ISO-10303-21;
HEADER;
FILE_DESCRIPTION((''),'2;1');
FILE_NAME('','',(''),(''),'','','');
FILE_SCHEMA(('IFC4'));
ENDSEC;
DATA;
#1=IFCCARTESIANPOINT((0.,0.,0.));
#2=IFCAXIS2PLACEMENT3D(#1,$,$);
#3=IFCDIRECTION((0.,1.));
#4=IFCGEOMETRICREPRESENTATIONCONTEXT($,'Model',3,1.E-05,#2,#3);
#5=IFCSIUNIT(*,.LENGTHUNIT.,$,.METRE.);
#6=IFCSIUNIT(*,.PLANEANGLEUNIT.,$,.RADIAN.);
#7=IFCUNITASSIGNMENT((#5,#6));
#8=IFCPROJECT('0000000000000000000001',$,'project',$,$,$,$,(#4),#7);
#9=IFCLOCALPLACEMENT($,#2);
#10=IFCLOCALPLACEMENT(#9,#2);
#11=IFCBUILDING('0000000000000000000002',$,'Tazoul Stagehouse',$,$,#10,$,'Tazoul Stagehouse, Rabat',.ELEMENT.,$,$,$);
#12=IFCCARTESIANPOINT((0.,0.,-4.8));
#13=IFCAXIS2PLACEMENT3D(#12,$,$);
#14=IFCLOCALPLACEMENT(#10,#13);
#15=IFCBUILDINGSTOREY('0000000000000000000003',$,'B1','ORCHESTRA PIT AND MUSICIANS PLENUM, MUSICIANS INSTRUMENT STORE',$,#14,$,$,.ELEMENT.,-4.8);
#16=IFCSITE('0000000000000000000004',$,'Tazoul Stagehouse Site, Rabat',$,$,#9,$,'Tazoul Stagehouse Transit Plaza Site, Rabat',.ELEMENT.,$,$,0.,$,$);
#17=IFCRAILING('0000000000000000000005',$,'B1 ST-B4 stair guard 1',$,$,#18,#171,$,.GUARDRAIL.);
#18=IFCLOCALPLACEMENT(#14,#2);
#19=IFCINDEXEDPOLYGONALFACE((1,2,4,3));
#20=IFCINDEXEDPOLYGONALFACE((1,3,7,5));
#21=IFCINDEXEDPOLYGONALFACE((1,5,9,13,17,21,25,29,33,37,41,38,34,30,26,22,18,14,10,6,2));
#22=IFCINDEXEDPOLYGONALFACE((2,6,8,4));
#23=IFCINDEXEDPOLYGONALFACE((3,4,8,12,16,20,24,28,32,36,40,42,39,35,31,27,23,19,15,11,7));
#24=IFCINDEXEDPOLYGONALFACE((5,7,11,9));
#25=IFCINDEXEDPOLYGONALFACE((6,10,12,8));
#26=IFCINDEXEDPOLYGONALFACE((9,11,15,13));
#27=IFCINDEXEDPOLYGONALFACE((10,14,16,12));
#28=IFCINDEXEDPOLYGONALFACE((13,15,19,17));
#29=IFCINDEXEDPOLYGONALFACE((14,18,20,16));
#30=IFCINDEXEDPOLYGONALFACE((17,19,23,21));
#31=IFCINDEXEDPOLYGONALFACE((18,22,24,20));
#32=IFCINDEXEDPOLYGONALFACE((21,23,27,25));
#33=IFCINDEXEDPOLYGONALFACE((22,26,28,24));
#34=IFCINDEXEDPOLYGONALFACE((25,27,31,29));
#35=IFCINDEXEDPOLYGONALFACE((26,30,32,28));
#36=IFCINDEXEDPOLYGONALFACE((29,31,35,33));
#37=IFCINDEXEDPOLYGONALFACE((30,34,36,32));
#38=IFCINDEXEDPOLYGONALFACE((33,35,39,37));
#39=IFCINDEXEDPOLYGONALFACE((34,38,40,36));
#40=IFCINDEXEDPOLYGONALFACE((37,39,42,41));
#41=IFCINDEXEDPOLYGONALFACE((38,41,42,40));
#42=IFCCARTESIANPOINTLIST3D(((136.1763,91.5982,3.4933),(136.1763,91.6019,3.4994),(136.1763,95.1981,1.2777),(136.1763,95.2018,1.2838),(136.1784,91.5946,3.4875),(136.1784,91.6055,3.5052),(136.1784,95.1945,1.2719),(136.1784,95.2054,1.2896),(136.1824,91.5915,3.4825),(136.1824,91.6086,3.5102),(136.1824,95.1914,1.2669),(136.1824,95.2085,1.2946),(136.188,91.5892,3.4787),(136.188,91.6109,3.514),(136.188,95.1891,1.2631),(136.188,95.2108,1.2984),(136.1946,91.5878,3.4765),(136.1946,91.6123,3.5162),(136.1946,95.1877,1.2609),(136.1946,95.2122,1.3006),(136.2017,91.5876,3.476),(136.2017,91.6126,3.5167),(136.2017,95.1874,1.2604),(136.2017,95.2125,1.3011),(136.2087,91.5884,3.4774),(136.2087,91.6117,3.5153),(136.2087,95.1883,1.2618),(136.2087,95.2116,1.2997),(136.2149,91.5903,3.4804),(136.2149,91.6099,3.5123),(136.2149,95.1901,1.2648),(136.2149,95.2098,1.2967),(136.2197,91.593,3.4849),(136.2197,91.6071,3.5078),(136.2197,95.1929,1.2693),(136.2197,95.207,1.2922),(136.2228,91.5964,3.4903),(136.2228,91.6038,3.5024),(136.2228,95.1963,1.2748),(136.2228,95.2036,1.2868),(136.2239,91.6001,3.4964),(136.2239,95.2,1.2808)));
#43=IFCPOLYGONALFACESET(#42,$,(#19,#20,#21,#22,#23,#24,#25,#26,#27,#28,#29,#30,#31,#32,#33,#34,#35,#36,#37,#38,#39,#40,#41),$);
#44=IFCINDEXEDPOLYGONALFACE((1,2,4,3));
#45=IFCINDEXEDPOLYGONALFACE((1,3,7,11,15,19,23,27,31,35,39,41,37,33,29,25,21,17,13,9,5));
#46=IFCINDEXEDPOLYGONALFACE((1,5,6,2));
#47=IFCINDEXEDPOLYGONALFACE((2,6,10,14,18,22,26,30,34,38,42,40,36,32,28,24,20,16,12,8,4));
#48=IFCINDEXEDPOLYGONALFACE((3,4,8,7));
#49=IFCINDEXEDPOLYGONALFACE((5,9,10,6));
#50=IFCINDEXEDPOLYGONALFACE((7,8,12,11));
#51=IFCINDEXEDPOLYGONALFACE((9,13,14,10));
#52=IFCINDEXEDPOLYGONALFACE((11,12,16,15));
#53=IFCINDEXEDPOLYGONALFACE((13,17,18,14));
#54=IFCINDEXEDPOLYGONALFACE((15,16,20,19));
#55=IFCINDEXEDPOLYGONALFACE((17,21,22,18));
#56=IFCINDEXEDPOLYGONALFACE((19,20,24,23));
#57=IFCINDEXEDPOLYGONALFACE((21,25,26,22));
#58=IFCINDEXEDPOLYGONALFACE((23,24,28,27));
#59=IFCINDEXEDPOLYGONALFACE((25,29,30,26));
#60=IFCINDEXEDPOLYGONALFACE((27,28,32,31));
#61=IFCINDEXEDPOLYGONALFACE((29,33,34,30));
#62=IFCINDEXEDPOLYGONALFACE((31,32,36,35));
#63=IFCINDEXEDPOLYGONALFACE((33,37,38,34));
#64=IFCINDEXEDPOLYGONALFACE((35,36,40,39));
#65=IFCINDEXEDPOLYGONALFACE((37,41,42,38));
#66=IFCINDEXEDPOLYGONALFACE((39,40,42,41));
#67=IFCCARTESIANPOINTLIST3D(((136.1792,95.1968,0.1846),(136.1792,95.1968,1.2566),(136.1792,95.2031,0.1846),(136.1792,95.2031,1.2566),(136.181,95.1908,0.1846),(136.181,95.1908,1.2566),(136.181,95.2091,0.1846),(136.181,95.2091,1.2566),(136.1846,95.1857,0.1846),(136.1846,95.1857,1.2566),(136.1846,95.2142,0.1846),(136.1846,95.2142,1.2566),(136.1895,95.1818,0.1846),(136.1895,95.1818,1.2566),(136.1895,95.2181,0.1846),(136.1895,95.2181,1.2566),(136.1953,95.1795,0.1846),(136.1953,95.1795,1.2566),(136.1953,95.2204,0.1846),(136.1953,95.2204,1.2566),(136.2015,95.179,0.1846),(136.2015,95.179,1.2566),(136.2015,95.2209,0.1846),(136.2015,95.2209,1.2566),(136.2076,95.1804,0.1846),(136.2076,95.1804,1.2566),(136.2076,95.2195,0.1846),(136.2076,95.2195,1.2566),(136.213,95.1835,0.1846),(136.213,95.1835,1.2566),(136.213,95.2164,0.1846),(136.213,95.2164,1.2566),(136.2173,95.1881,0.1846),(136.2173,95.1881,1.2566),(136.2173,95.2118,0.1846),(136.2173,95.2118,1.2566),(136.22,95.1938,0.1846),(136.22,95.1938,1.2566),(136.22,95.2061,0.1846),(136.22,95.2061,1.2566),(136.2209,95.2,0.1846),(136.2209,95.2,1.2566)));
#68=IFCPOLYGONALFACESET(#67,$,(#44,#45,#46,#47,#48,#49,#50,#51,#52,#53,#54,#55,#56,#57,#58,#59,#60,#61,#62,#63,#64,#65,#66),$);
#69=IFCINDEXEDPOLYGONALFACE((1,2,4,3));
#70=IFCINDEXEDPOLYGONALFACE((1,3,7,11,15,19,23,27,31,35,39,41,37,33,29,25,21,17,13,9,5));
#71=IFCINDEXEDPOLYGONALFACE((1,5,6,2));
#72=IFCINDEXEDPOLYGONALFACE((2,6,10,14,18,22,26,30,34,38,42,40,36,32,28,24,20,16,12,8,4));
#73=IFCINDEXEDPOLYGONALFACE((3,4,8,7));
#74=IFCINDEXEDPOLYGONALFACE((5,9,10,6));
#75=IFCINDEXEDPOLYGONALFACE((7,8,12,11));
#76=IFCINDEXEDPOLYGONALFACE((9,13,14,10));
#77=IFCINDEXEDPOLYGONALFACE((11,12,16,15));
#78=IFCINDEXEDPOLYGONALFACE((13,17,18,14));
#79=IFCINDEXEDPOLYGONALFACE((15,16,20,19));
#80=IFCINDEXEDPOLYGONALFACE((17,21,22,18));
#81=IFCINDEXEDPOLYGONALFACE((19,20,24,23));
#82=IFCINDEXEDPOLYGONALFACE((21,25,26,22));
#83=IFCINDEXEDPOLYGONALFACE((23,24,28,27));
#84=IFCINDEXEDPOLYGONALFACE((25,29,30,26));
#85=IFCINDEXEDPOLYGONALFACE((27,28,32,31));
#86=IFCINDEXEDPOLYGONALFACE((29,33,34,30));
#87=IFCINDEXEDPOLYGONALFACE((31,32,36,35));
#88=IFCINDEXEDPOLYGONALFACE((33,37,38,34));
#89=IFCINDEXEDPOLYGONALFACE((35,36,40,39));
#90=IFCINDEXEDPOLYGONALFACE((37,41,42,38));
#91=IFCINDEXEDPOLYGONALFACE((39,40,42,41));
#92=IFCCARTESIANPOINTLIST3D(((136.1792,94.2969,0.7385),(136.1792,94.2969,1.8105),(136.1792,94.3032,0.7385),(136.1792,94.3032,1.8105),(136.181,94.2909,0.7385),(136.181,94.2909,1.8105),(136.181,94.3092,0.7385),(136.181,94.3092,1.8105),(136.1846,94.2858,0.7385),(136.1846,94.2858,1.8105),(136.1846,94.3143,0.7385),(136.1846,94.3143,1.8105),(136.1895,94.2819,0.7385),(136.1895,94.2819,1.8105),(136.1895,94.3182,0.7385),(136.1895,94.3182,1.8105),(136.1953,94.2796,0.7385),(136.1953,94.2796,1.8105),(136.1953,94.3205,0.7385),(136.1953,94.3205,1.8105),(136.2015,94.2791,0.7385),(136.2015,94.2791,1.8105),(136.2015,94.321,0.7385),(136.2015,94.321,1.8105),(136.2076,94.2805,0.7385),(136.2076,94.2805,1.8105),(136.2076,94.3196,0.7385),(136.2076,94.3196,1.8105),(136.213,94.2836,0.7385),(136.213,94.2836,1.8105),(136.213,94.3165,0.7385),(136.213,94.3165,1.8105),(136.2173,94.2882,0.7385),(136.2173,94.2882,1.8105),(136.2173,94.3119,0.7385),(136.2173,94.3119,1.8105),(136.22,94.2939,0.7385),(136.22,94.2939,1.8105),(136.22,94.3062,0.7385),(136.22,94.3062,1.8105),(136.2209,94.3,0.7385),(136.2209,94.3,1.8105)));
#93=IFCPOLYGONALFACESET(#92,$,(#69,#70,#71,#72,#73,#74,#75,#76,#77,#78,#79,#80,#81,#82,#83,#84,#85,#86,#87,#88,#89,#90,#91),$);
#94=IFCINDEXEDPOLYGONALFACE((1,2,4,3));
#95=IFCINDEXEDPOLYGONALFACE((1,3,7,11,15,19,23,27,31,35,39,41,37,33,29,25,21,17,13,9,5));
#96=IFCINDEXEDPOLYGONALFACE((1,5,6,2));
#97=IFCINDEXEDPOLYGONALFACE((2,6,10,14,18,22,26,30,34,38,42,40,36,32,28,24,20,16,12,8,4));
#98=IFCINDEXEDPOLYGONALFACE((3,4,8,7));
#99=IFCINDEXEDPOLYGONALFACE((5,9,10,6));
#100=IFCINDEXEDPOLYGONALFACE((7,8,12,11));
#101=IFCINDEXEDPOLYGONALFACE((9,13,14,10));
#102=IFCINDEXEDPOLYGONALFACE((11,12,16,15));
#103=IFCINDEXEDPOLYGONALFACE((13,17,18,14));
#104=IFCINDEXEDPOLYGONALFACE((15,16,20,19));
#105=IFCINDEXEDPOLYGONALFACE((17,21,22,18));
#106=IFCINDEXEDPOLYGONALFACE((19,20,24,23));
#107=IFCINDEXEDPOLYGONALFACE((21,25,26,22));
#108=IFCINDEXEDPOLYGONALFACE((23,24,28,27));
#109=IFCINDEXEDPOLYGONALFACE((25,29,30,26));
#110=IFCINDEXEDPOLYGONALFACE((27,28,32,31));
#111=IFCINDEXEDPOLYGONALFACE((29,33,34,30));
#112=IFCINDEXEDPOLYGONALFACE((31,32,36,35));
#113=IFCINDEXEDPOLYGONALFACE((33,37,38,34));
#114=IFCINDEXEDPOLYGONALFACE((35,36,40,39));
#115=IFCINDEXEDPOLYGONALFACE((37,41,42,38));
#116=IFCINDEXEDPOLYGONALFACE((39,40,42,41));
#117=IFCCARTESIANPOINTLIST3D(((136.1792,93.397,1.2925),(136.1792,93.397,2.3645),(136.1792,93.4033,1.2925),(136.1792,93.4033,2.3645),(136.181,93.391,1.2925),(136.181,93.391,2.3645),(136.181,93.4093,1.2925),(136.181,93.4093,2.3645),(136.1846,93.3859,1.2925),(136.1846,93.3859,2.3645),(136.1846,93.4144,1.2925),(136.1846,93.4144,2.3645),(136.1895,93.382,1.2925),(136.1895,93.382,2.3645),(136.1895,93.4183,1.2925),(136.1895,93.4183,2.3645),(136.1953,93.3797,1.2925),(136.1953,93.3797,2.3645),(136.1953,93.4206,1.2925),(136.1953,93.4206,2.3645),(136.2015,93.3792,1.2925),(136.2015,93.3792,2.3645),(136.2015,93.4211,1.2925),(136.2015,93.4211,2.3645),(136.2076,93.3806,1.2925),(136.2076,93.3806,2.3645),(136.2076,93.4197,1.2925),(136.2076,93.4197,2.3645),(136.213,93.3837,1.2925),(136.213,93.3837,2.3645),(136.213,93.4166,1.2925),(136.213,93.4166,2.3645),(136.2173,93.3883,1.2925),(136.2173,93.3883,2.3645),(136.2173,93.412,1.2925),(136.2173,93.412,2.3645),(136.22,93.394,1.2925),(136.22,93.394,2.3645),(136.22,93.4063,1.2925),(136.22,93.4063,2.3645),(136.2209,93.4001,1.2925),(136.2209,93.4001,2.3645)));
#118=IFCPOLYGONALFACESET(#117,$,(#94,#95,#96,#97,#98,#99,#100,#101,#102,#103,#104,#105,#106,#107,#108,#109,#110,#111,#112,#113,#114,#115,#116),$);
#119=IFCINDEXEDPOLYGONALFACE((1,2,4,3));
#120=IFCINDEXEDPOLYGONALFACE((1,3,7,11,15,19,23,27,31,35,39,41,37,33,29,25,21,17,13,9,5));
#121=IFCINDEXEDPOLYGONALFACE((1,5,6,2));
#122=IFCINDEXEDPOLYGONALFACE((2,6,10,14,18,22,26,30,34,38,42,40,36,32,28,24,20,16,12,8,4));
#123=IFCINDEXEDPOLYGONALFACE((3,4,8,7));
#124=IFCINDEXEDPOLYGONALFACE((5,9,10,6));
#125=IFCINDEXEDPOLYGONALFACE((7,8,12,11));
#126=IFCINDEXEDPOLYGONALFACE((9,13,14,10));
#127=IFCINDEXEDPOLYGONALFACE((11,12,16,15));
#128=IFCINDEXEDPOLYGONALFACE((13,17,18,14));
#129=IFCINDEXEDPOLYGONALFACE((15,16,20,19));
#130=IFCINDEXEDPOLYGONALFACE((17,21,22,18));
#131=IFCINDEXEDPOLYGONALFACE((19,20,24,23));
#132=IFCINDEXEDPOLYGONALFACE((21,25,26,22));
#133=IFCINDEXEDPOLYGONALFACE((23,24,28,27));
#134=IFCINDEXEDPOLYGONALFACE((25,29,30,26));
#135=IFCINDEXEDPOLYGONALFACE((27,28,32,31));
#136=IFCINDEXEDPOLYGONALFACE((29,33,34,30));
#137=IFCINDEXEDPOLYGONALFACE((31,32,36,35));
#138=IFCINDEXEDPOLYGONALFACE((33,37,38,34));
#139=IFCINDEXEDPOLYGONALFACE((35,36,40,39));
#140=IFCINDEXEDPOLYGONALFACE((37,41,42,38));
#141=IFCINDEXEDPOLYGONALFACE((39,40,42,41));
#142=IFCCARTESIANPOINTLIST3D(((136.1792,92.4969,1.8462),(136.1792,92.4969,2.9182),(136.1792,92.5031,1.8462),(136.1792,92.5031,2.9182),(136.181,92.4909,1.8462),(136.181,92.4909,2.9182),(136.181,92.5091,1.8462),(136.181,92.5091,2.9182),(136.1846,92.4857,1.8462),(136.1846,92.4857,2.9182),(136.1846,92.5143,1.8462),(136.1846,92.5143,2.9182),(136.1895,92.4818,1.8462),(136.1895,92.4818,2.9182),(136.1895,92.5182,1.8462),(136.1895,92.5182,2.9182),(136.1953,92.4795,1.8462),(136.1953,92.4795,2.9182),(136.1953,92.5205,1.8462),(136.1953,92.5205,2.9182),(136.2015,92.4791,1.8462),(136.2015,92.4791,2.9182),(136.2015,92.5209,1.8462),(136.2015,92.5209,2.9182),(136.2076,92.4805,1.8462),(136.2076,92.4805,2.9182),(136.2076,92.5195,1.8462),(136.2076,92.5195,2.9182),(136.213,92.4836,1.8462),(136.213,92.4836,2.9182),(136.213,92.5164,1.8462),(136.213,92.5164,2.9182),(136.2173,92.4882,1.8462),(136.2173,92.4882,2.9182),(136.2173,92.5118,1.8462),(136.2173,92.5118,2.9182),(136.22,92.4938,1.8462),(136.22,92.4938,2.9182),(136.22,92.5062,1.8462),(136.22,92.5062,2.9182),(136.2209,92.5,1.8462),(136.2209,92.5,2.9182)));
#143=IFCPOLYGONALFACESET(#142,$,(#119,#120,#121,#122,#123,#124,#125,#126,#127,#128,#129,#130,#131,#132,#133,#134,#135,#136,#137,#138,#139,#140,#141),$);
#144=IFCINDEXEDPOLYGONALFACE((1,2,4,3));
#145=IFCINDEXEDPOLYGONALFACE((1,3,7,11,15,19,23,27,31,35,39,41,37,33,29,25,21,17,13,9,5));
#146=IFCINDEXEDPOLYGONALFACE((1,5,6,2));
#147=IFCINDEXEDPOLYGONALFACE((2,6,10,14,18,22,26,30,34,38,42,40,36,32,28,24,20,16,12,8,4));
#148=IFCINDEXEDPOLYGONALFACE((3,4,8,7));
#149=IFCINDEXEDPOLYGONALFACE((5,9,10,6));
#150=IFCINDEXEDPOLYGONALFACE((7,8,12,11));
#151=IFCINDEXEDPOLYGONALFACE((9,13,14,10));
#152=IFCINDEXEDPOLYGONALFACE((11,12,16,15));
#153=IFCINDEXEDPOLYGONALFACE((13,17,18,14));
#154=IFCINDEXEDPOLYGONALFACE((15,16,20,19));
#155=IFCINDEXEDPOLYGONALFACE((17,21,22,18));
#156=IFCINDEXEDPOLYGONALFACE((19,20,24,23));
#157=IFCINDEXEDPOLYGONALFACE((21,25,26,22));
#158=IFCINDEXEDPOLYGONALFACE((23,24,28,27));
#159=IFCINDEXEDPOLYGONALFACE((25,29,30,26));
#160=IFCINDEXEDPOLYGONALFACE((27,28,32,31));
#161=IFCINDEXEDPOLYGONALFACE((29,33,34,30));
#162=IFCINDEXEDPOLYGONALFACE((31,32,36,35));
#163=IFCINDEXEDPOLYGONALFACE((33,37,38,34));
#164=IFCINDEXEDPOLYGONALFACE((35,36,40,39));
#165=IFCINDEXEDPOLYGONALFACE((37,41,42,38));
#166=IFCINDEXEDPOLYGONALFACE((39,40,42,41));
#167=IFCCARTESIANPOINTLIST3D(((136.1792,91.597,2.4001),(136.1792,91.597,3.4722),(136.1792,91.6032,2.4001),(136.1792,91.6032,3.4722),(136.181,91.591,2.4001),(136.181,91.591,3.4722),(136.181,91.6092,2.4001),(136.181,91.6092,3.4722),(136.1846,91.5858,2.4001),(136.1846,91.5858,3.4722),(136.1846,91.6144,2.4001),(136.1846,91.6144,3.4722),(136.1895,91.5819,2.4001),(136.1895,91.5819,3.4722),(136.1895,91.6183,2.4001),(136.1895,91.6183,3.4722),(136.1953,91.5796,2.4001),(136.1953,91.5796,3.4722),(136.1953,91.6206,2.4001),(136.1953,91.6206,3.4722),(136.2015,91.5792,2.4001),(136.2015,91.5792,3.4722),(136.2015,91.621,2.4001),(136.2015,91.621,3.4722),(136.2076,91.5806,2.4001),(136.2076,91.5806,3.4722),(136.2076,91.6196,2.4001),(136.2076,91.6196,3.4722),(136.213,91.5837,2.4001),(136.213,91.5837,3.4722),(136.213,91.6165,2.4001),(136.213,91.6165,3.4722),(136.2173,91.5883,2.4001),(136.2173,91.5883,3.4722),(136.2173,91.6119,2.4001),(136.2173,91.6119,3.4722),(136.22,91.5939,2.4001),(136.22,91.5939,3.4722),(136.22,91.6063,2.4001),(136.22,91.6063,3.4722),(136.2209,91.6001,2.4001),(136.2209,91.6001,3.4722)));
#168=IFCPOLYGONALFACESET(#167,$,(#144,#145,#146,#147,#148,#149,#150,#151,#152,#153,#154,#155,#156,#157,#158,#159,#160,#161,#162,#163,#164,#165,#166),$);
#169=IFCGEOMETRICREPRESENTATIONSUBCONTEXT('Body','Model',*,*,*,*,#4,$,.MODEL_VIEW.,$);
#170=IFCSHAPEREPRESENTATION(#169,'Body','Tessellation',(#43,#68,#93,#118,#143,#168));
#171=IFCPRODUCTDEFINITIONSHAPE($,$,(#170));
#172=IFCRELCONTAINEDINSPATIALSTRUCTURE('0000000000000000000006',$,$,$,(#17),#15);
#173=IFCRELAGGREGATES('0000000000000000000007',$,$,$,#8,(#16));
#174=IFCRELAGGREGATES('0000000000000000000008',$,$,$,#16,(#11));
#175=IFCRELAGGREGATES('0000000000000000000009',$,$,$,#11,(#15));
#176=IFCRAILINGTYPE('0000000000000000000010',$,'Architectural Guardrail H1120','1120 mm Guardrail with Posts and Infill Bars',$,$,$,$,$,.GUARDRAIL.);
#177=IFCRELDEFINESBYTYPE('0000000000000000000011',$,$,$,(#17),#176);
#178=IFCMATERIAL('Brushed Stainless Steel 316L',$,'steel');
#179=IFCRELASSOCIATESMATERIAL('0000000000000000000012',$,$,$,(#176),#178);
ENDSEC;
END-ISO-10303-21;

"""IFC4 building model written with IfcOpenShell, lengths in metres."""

from ifc_helpers import new_model, si_unit, direction, frame, origin, origin_2d, place, context, subcontext, project, spatial, circle, extrude, material, material_profile, profile_set, type_object, element, save


model = new_model("IFC4")

# Units and contexts
model_context = context("Model", 3, precision=1e-05, world=origin(), true_north=direction((0.0, 1.0)))
body_context = subcontext(model_context, "Body", "Model", "MODEL_VIEW")
ifc_project = project(units=[si_unit("LENGTHUNIT", "METRE"), si_unit("PLANEANGLEUNIT", "RADIAN")], contexts=[model_context])

# Site, building, storey
site_placement = place(None, origin())
site = spatial("IfcSite", under=ifc_project, at=site_placement, Name="Tazoul Stagehouse Site, Rabat", LongName="Tazoul Stagehouse Transit Plaza Site, Rabat", CompositionType="ELEMENT", RefElevation=0.0)
building_placement = place(site_placement, origin())
building = spatial("IfcBuilding", under=site, at=building_placement, Name="Tazoul Stagehouse", LongName="Tazoul Stagehouse, Rabat", CompositionType="ELEMENT")
storey_placement = place(building_placement, frame((0.0, 0.0, -4.8)))
storey = spatial("IfcBuildingStorey", under=building, at=storey_placement, Name="B1", Description="ORCHESTRA PIT AND MUSICIANS PLENUM, MUSICIANS INSTRUMENT STORE", CompositionType="ELEMENT", Elevation=-4.8)

# Railing
ifc_material_1 = material(Name="Brushed Stainless Steel 316L", Category="steel")
ifc_material_profile_1 = material_profile(ifc_material_1, circle(Radius=0.0239, at=origin_2d()), Name="SS RAIL D48")
ifc_profile_set_1 = profile_set([ifc_material_profile_1], Name="Brushed Stainless Steel 316L")
railing_type_1 = type_object("IfcRailingType", Name="Architectural Guardrail H1120", Description="1120 mm Guardrail with Posts and Infill Bars", PredefinedType="GUARDRAIL", material=ifc_profile_set_1)
railing_1_placement = place(storey_placement, frame((136.2, 95.2, 0.1846)))
element("IfcRailing", 1, at=railing_1_placement, inside=storey, type_object=railing_type_1, Name="B1 ST-B4 stair guard 1", PredefinedType="GUARDRAIL", context=body_context, shape_type="SweptSolid", body=[
    extrude(circle(Radius=0.0239, at=origin_2d()), frame((0.0, 0.0, 1.0962), z_axis=(0.0, -0.851629, 0.524146), x_axis=(1.0, 0.0, 0.0)), (0.0, 0.0, 1.0), 4.2271),
    extrude(circle(Radius=0.021, at=origin_2d()), origin(), (0.0, 0.0, 1.0), 1.072),
    extrude(circle(Radius=0.021, at=origin_2d()), frame((0.0, -0.8999, 0.554)), (0.0, 0.0, 1.0), 1.072),
    extrude(circle(Radius=0.021, at=origin_2d()), frame((0.0, -1.7998, 1.1079)), (0.0, 0.0, 1.0), 1.072),
    extrude(circle(Radius=0.021, at=origin_2d()), frame((0.0, -2.7, 1.6616)), (0.0, 0.0, 1.0), 1.072),
    extrude(circle(Radius=0.021, at=origin_2d()), frame((0.0, -3.5999, 2.2156)), (0.0, 0.0, 1.0), 1.072),
])

save(model, "model.ifc")
